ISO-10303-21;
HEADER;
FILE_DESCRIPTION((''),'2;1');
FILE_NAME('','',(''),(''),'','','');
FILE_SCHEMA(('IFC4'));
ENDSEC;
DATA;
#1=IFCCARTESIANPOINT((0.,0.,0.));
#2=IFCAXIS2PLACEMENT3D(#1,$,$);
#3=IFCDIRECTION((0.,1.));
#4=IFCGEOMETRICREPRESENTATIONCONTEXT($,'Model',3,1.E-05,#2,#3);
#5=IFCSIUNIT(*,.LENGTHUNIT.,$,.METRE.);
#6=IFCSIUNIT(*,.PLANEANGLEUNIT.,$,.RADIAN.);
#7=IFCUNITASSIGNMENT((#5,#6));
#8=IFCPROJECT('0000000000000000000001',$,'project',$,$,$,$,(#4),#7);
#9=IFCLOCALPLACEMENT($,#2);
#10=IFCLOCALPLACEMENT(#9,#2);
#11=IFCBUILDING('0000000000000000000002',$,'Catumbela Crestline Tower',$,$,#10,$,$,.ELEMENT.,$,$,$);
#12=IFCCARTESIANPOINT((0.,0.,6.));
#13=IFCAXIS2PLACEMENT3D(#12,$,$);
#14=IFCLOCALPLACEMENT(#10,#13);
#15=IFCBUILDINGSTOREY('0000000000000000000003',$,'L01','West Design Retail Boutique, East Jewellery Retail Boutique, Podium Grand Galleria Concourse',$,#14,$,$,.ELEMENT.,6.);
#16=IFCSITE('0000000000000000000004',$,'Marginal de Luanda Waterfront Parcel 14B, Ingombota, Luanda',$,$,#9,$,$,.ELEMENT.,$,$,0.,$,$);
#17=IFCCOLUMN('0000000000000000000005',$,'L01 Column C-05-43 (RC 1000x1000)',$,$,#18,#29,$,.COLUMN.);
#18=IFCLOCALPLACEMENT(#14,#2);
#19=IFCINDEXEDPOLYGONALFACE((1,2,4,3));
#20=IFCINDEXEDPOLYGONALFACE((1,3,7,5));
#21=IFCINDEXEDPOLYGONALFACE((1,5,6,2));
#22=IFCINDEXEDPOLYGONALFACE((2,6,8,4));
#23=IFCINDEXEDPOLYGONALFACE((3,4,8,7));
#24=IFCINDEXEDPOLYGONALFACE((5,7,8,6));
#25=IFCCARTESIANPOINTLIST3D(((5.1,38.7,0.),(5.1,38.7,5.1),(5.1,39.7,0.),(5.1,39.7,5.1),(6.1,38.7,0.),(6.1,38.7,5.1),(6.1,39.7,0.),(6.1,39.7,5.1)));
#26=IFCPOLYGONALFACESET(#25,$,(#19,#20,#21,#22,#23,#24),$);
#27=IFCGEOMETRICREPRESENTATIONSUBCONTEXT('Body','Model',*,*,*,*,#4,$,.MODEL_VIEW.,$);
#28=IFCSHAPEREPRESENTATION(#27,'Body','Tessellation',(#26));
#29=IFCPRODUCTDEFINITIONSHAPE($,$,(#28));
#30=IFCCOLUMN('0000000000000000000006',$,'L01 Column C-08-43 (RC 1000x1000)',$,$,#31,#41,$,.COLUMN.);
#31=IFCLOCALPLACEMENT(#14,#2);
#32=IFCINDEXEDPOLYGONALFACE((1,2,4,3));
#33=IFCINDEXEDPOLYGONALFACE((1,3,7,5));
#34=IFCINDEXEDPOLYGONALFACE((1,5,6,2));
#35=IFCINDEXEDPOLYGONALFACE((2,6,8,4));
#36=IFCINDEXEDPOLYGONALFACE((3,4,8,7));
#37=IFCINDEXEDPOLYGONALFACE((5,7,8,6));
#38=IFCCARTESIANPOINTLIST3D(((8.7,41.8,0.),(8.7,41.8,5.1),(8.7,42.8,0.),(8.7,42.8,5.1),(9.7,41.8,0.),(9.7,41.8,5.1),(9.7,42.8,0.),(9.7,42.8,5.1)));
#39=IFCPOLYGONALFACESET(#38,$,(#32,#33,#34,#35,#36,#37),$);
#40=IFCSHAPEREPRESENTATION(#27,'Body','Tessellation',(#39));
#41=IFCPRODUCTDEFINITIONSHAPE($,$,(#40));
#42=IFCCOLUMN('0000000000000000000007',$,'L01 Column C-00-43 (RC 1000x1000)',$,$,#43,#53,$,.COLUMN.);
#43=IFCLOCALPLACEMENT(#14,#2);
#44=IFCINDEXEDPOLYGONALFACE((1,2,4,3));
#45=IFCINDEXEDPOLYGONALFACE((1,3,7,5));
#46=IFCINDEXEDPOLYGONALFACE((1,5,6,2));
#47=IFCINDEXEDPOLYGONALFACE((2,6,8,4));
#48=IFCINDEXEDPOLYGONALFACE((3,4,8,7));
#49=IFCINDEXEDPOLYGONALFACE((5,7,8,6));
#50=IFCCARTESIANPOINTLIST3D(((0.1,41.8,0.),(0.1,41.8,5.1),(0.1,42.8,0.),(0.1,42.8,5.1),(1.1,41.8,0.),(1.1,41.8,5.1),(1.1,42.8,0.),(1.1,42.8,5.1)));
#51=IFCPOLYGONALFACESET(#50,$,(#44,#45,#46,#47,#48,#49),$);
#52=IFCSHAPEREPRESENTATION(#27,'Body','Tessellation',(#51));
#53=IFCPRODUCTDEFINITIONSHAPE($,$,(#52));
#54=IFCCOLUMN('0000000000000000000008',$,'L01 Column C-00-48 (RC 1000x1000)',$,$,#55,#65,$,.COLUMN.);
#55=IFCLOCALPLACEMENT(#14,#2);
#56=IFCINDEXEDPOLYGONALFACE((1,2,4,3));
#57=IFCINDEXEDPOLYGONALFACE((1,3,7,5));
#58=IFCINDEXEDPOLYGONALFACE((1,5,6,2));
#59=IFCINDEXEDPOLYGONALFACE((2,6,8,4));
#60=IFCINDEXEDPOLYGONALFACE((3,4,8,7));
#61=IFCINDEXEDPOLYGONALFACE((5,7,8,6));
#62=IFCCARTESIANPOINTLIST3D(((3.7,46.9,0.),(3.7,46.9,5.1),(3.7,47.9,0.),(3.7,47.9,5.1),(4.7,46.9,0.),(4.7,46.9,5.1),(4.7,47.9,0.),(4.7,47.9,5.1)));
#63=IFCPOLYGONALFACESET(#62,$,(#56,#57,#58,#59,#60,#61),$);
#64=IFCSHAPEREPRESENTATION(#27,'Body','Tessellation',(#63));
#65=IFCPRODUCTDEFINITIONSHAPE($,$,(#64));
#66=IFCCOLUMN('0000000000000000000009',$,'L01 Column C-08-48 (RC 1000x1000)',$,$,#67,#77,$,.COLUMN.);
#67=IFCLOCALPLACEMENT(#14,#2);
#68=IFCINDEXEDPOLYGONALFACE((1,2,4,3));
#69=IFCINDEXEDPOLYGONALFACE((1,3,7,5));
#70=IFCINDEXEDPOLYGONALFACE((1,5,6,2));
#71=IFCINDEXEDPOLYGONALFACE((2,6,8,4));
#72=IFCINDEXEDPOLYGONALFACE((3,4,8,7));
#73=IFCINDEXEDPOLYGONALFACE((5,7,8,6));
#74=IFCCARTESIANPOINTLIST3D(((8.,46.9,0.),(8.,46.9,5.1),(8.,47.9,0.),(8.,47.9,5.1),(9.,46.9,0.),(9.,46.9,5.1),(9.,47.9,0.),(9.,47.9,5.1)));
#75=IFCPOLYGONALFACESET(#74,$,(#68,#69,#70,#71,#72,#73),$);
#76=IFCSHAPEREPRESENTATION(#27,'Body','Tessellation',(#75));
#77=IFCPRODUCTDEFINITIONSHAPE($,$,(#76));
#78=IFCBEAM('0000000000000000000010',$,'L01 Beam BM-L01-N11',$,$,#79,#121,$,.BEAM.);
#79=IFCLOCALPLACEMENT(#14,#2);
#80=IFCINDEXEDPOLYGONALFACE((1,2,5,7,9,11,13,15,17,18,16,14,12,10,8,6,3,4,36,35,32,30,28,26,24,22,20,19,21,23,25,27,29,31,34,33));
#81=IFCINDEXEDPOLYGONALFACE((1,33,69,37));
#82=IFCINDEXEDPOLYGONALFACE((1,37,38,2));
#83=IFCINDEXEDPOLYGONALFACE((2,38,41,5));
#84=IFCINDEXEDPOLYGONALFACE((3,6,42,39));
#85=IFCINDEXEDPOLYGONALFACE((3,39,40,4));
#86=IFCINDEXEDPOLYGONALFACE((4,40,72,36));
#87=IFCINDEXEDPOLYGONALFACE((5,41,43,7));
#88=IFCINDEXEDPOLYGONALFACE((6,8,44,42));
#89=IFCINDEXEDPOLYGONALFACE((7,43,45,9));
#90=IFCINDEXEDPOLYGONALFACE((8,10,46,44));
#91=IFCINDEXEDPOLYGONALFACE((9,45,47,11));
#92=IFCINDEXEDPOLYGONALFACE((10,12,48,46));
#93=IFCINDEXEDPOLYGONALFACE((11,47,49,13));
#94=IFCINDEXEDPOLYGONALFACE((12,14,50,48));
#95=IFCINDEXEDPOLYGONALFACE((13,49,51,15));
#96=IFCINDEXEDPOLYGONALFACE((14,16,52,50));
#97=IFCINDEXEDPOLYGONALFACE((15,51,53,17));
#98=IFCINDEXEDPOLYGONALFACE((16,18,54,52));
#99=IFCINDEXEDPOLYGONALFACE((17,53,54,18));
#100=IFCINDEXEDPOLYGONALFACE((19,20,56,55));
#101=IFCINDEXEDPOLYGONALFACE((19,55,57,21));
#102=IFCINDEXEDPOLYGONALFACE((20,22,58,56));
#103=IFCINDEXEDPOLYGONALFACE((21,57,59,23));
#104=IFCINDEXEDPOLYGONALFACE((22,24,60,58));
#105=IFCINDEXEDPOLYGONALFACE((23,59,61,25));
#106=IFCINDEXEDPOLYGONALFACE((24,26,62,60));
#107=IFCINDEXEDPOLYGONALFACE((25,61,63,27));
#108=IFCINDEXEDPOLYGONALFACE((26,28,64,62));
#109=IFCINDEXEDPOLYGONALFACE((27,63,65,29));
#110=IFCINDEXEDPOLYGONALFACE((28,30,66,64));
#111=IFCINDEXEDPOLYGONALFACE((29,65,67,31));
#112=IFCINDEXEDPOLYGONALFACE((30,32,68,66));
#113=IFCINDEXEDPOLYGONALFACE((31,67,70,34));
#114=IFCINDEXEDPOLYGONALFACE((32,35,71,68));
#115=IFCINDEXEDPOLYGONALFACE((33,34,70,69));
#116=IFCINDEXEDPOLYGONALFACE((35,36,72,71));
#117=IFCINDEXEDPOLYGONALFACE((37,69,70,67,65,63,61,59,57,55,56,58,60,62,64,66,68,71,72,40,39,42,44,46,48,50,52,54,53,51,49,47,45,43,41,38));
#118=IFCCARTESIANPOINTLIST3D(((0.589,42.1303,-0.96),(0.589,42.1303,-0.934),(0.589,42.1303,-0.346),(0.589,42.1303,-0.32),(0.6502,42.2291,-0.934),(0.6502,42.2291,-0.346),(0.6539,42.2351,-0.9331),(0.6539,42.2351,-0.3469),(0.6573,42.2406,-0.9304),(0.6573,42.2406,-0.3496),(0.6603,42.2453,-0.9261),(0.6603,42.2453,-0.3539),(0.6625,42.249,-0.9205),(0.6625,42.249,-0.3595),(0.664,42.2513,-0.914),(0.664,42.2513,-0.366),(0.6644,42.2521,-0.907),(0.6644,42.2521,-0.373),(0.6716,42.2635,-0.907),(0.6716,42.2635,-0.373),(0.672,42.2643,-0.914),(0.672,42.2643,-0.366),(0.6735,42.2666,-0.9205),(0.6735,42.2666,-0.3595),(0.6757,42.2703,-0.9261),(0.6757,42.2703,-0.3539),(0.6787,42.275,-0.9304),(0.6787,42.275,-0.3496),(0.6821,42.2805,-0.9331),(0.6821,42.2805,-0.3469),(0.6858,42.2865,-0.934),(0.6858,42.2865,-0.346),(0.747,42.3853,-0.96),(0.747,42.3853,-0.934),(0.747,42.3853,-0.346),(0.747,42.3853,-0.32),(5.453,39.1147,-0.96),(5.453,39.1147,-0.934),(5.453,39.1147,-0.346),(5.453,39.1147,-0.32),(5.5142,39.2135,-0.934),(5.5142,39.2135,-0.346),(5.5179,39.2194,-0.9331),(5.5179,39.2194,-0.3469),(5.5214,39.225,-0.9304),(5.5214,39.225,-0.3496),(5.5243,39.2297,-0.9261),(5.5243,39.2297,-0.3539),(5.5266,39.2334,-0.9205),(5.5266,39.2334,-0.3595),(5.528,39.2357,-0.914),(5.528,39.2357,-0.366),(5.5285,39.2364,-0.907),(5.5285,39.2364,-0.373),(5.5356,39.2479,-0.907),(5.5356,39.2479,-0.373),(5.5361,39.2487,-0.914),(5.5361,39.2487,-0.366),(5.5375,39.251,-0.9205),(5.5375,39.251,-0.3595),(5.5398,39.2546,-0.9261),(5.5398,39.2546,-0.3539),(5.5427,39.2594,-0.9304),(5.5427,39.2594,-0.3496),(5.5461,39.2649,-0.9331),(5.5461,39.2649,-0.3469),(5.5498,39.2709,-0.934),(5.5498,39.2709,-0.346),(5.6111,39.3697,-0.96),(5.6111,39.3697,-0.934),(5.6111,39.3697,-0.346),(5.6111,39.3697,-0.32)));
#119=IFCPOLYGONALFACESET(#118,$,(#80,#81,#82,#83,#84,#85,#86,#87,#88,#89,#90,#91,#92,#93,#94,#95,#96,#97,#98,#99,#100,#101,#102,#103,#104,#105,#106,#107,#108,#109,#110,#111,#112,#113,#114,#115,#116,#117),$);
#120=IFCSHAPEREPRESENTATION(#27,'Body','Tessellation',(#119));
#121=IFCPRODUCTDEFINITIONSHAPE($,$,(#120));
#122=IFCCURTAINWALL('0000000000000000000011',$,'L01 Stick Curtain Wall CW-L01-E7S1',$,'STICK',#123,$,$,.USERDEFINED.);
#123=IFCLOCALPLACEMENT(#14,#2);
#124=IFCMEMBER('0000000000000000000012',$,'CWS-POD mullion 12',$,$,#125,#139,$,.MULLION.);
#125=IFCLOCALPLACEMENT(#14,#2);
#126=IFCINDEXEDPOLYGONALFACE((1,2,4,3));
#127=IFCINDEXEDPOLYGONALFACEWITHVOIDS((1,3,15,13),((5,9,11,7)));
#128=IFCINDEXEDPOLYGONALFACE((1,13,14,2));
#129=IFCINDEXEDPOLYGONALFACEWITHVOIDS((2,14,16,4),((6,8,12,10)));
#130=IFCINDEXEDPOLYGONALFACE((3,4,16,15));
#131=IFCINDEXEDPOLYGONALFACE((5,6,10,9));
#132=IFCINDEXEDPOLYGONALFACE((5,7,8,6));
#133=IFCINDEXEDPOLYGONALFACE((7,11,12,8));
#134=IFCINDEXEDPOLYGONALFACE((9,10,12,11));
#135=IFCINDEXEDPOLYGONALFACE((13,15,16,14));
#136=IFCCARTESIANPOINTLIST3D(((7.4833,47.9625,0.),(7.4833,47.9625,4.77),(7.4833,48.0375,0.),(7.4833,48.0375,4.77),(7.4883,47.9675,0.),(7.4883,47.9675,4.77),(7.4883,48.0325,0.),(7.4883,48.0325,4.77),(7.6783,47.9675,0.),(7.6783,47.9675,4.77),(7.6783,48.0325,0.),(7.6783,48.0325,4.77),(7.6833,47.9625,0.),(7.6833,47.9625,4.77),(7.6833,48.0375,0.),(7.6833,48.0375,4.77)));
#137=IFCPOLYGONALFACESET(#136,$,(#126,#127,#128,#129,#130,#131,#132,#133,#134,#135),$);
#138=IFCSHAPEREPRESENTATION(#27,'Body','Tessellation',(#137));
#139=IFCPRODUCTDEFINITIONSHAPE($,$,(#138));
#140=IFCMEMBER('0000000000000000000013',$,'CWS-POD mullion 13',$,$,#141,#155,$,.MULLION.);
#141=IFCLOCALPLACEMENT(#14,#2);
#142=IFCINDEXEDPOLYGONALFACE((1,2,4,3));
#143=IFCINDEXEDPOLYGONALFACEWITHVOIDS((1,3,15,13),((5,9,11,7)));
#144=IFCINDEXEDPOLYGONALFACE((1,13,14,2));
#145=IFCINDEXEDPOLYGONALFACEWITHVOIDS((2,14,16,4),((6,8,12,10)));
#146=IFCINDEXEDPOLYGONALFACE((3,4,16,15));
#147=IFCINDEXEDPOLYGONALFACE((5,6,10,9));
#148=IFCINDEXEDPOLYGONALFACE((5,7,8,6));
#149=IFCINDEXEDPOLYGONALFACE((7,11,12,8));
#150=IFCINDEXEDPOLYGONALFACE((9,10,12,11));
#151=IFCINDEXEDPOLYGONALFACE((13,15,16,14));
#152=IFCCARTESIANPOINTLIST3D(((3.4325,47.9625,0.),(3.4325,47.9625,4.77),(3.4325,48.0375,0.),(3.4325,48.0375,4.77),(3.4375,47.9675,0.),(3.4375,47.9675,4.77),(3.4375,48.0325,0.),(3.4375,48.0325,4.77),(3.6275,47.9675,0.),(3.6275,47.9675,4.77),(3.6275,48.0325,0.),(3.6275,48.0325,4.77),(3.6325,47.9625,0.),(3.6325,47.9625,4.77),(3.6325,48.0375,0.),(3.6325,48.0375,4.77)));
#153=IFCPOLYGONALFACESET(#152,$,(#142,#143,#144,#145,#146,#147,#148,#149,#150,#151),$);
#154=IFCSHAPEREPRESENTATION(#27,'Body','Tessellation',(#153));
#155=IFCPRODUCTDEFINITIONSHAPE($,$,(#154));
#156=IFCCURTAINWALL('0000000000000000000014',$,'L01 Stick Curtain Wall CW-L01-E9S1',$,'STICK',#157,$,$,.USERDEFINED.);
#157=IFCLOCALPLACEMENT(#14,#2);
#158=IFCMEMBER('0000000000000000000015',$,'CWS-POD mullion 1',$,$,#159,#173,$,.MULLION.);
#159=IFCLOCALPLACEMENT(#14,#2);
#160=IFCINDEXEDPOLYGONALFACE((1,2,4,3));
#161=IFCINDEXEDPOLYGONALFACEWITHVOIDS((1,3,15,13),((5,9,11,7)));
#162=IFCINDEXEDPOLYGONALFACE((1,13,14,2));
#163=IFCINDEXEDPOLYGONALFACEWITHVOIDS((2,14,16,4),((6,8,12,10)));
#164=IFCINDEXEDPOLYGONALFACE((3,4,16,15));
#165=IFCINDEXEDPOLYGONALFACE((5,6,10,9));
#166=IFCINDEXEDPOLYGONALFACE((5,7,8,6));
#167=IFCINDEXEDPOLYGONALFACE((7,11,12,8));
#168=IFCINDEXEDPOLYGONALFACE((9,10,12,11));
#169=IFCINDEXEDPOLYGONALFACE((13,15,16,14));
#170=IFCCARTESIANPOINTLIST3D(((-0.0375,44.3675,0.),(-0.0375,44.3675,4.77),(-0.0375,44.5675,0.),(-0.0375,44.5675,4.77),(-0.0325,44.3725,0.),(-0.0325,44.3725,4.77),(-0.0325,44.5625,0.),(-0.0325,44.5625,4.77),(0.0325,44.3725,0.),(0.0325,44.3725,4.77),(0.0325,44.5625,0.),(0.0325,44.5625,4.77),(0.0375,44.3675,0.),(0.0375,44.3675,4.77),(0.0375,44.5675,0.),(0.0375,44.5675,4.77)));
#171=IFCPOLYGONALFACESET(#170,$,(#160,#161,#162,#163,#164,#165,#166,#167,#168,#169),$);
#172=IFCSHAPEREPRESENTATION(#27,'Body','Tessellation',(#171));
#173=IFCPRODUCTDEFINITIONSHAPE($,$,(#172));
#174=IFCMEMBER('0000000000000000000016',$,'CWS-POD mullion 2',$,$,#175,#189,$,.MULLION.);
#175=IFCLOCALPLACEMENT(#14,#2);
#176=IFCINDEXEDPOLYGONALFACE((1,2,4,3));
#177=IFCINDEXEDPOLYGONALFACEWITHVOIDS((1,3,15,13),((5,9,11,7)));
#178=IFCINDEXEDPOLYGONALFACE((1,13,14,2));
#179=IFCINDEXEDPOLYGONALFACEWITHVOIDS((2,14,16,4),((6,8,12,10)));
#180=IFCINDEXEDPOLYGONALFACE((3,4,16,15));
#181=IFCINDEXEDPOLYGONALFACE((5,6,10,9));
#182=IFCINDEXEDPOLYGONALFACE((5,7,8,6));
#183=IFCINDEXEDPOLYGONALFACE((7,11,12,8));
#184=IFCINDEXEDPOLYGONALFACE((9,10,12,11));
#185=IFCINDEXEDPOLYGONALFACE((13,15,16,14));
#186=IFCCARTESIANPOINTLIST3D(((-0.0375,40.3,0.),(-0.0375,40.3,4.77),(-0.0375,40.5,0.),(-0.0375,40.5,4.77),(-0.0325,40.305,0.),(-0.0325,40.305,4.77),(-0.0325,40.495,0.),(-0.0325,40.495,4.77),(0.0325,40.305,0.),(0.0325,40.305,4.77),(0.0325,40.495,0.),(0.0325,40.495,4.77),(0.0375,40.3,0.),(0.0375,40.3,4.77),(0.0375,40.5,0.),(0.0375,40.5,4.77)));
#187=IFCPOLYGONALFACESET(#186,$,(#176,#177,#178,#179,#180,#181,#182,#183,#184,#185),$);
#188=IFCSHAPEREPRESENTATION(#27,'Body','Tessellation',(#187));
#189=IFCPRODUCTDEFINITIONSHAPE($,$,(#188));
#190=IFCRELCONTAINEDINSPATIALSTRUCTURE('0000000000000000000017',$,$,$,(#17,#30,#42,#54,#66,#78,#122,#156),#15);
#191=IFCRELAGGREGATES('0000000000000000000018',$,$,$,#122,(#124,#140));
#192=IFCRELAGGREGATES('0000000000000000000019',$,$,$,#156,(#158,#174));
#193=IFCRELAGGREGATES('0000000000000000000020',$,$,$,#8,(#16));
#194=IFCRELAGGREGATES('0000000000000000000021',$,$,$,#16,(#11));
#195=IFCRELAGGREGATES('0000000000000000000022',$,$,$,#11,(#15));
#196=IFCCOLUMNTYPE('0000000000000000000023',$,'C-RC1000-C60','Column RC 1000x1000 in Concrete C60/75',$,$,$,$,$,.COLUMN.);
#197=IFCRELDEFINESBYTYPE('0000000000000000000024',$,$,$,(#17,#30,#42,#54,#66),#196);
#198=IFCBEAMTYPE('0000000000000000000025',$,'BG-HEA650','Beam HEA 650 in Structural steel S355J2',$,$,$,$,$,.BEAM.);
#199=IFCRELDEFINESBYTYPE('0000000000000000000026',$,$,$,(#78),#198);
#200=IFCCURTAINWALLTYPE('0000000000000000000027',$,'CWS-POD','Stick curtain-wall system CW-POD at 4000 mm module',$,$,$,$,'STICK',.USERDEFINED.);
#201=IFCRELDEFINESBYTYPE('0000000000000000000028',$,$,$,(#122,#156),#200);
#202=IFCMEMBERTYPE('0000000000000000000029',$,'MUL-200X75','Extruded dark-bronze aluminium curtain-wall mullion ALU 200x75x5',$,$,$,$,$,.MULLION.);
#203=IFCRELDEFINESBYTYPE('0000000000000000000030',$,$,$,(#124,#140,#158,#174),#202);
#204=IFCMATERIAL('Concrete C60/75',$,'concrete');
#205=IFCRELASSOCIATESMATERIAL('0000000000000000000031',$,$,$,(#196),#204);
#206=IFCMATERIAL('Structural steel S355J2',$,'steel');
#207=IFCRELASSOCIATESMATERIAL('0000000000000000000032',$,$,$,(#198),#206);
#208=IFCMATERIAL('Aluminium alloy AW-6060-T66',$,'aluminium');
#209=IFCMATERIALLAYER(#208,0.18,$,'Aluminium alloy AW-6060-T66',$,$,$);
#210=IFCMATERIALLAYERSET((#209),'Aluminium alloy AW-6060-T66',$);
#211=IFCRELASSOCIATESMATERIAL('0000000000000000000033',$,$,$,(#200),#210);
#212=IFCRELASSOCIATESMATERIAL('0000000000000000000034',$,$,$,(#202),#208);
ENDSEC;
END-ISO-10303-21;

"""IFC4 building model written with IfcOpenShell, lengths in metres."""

from ifc_helpers import new_model, si_unit, direction, frame, origin, origin_2d, place, context, subcontext, project, spatial, rectangle, hollow_rectangle, i_section, extrude, material, layer, layer_set, material_profile, profile_set, type_object, element, aggregate, save


model = new_model("IFC4")

# Units and contexts
model_context = context("Model", 3, precision=1e-05, world=origin(), true_north=direction((0.0, 1.0)))
body_context = subcontext(model_context, "Body", "Model", "MODEL_VIEW")
ifc_project = project(units=[si_unit("LENGTHUNIT", "METRE"), si_unit("PLANEANGLEUNIT", "RADIAN")], contexts=[model_context])

# Site, building, storey
site_placement = place(None, origin())
site = spatial("IfcSite", under=ifc_project, at=site_placement, Name="Marginal de Luanda Waterfront Parcel 14B, Ingombota, Luanda", CompositionType="ELEMENT", RefElevation=0.0)
building_placement = place(site_placement, origin())
building = spatial("IfcBuilding", under=site, at=building_placement, Name="Catumbela Crestline Tower", CompositionType="ELEMENT")
storey_placement = place(building_placement, frame((0.0, 0.0, 6.0)))
storey = spatial("IfcBuildingStorey", under=building, at=storey_placement, Name="L01", Description="West Design Retail Boutique, East Jewellery Retail Boutique, Podium Grand Galleria Concourse", CompositionType="ELEMENT", Elevation=6.0)

# Columns
ifc_material_1 = material(Name="Concrete C60/75", Category="concrete")
ifc_material_profile_1 = material_profile(ifc_material_1, rectangle(XDim=1.0, YDim=1.0, at=origin_2d()), Name="RC 1000x1000")
ifc_profile_set_1 = profile_set([ifc_material_profile_1], Name="Concrete C60/75")
column_type = type_object("IfcColumnType", Name="C-RC1000-C60", Description="Column RC 1000x1000 in Concrete C60/75", PredefinedType="COLUMN", material=ifc_profile_set_1)
for number, where, z_axis, x_axis, name in (
    (1, (5.6, 39.2, 0.0), (0.0, 0.0, 1.0), (1.0, 0.0, 0.0), "L01 Column C-05-43 (RC 1000x1000)"),
    (2, (9.2, 42.3, 0.0), (0.0, 0.0, 1.0), (1.0, 0.0, 0.0), "L01 Column C-08-43 (RC 1000x1000)"),
    (3, (0.6, 42.3, 0.0), (0.0, 0.0, 1.0), (1.0, 0.0, 0.0), "L01 Column C-00-43 (RC 1000x1000)"),
    (4, (4.2, 47.4, 0.0), (0.0, 0.0, 1.0), (1.0, 0.0, 0.0), "L01 Column C-00-48 (RC 1000x1000)"),
    (5, (8.5, 47.4, 0.0), (0.0, 0.0, 1.0), (1.0, 0.0, 0.0), "L01 Column C-08-48 (RC 1000x1000)"),
):
    element("IfcColumn", number, at=place(storey_placement, frame(where, z_axis=z_axis, x_axis=x_axis)), inside=storey, type_object=column_type, Name=name, PredefinedType="COLUMN", context=body_context, shape_type="SweptSolid", body=[
        extrude(rectangle(XDim=1.0, YDim=1.0, at=origin_2d()), origin(), (0.0, 0.0, 1.0), 5.1),
    ])

# Beam
ifc_material_2 = material(Name="Structural steel S355J2", Category="steel")
ifc_material_profile_2 = material_profile(ifc_material_2, i_section(OverallWidth=0.3, OverallDepth=0.64, WebThickness=0.0135, FlangeThickness=0.026, FilletRadius=0.027, at=origin_2d()), Name="HEA 650")
ifc_profile_set_2 = profile_set([ifc_material_profile_2], Name="Structural steel S355J2")
beam_type_1 = type_object("IfcBeamType", Name="BG-HEA650", Description="Beam HEA 650 in Structural steel S355J2", PredefinedType="BEAM", material=ifc_profile_set_2)
beam_1_placement = place(storey_placement, frame((0.668, 42.2578, -0.64), z_axis=(0.849909, -0.52693, 0.0), x_axis=(0.52693, 0.849909, 0.0)))
element("IfcBeam", 6, at=beam_1_placement, inside=storey, type_object=beam_type_1, Name="L01 Beam BM-L01-N11", PredefinedType="BEAM", context=body_context, shape_type="SweptSolid", body=[
    extrude(i_section(OverallWidth=0.3, OverallDepth=0.64, WebThickness=0.0135, FlangeThickness=0.026, FilletRadius=0.027, at=origin_2d()), origin(), (0.0, 0.0, 1.0), 5.723),
])

# Curtain walls, members
ifc_material_3 = material(Name="Aluminium alloy AW-6060-T66", Category="aluminium")
ifc_layer_1 = layer(ifc_material_3, 0.18, Name="Aluminium alloy AW-6060-T66")
ifc_layer_set_1 = layer_set([ifc_layer_1], Name="Aluminium alloy AW-6060-T66")
curtain_wall_type = type_object("IfcCurtainWallType", Name="CWS-POD", Description="Stick curtain-wall system CW-POD at 4000 mm module", ElementType="STICK", PredefinedType="USERDEFINED", material=ifc_layer_set_1)
curtain_wall_1_placement = place(storey_placement, origin())
curtain_wall_1 = element("IfcCurtainWall", 7, at=curtain_wall_1_placement, inside=storey, type_object=curtain_wall_type, Name="L01 Stick Curtain Wall CW-L01-E7S1", ObjectType="STICK", PredefinedType="USERDEFINED")
ifc_material_profile_3 = material_profile(ifc_material_3, hollow_rectangle(XDim=0.075, YDim=0.2, WallThickness=0.005, at=origin_2d()), Name="ALU 200x75x5")
ifc_profile_set_3 = profile_set([ifc_material_profile_3], Name="Aluminium alloy AW-6060-T66")
member_type_1 = type_object("IfcMemberType", Name="MUL-200X75", Description="Extruded dark-bronze aluminium curtain-wall mullion ALU 200x75x5", PredefinedType="MULLION", material=ifc_profile_set_3)
member_1_placement = place(storey_placement, frame((7.5833, 48.0, 0.0), z_axis=(0.0, 0.0, 1.0), x_axis=(0.0, -1.0, 0.0)))
member_1 = element("IfcMember", 8, at=member_1_placement, type_object=member_type_1, Name="CWS-POD mullion 12", PredefinedType="MULLION", context=body_context, shape_type="SweptSolid", body=[
    extrude(hollow_rectangle(XDim=0.075, YDim=0.2, WallThickness=0.005, at=origin_2d()), origin(), (0.0, 0.0, 1.0), 4.77),
])
member_2_placement = place(storey_placement, frame((3.5325, 48.0, 0.0), z_axis=(0.0, 0.0, 1.0), x_axis=(0.0, -1.0, 0.0)))
member_2 = element("IfcMember", 9, at=member_2_placement, type_object=member_type_1, Name="CWS-POD mullion 13", PredefinedType="MULLION", context=body_context, shape_type="SweptSolid", body=[
    extrude(hollow_rectangle(XDim=0.075, YDim=0.2, WallThickness=0.005, at=origin_2d()), origin(), (0.0, 0.0, 1.0), 4.77),
])
curtain_wall_2_placement = place(storey_placement, origin())
curtain_wall_2 = element("IfcCurtainWall", 10, at=curtain_wall_2_placement, inside=storey, type_object=curtain_wall_type, Name="L01 Stick Curtain Wall CW-L01-E9S1", ObjectType="STICK", PredefinedType="USERDEFINED")
member_3_placement = place(storey_placement, frame((0.0, 44.4675, 0.0), z_axis=(0.0, 0.0, 1.0), x_axis=(1.0, 0.0, 0.0)))
member_3 = element("IfcMember", 11, at=member_3_placement, type_object=member_type_1, Name="CWS-POD mullion 1", PredefinedType="MULLION", context=body_context, shape_type="SweptSolid", body=[
    extrude(hollow_rectangle(XDim=0.075, YDim=0.2, WallThickness=0.005, at=origin_2d()), origin(), (0.0, 0.0, 1.0), 4.77),
])
member_4_placement = place(storey_placement, frame((0.0, 40.4, 0.0), z_axis=(0.0, 0.0, 1.0), x_axis=(1.0, 0.0, 0.0)))
member_4 = element("IfcMember", 12, at=member_4_placement, type_object=member_type_1, Name="CWS-POD mullion 2", PredefinedType="MULLION", context=body_context, shape_type="SweptSolid", body=[
    extrude(hollow_rectangle(XDim=0.075, YDim=0.2, WallThickness=0.005, at=origin_2d()), origin(), (0.0, 0.0, 1.0), 4.77),
])

aggregate(curtain_wall_1, [member_1, member_2])
aggregate(curtain_wall_2, [member_3, member_4])

save(model, "model.ifc")
